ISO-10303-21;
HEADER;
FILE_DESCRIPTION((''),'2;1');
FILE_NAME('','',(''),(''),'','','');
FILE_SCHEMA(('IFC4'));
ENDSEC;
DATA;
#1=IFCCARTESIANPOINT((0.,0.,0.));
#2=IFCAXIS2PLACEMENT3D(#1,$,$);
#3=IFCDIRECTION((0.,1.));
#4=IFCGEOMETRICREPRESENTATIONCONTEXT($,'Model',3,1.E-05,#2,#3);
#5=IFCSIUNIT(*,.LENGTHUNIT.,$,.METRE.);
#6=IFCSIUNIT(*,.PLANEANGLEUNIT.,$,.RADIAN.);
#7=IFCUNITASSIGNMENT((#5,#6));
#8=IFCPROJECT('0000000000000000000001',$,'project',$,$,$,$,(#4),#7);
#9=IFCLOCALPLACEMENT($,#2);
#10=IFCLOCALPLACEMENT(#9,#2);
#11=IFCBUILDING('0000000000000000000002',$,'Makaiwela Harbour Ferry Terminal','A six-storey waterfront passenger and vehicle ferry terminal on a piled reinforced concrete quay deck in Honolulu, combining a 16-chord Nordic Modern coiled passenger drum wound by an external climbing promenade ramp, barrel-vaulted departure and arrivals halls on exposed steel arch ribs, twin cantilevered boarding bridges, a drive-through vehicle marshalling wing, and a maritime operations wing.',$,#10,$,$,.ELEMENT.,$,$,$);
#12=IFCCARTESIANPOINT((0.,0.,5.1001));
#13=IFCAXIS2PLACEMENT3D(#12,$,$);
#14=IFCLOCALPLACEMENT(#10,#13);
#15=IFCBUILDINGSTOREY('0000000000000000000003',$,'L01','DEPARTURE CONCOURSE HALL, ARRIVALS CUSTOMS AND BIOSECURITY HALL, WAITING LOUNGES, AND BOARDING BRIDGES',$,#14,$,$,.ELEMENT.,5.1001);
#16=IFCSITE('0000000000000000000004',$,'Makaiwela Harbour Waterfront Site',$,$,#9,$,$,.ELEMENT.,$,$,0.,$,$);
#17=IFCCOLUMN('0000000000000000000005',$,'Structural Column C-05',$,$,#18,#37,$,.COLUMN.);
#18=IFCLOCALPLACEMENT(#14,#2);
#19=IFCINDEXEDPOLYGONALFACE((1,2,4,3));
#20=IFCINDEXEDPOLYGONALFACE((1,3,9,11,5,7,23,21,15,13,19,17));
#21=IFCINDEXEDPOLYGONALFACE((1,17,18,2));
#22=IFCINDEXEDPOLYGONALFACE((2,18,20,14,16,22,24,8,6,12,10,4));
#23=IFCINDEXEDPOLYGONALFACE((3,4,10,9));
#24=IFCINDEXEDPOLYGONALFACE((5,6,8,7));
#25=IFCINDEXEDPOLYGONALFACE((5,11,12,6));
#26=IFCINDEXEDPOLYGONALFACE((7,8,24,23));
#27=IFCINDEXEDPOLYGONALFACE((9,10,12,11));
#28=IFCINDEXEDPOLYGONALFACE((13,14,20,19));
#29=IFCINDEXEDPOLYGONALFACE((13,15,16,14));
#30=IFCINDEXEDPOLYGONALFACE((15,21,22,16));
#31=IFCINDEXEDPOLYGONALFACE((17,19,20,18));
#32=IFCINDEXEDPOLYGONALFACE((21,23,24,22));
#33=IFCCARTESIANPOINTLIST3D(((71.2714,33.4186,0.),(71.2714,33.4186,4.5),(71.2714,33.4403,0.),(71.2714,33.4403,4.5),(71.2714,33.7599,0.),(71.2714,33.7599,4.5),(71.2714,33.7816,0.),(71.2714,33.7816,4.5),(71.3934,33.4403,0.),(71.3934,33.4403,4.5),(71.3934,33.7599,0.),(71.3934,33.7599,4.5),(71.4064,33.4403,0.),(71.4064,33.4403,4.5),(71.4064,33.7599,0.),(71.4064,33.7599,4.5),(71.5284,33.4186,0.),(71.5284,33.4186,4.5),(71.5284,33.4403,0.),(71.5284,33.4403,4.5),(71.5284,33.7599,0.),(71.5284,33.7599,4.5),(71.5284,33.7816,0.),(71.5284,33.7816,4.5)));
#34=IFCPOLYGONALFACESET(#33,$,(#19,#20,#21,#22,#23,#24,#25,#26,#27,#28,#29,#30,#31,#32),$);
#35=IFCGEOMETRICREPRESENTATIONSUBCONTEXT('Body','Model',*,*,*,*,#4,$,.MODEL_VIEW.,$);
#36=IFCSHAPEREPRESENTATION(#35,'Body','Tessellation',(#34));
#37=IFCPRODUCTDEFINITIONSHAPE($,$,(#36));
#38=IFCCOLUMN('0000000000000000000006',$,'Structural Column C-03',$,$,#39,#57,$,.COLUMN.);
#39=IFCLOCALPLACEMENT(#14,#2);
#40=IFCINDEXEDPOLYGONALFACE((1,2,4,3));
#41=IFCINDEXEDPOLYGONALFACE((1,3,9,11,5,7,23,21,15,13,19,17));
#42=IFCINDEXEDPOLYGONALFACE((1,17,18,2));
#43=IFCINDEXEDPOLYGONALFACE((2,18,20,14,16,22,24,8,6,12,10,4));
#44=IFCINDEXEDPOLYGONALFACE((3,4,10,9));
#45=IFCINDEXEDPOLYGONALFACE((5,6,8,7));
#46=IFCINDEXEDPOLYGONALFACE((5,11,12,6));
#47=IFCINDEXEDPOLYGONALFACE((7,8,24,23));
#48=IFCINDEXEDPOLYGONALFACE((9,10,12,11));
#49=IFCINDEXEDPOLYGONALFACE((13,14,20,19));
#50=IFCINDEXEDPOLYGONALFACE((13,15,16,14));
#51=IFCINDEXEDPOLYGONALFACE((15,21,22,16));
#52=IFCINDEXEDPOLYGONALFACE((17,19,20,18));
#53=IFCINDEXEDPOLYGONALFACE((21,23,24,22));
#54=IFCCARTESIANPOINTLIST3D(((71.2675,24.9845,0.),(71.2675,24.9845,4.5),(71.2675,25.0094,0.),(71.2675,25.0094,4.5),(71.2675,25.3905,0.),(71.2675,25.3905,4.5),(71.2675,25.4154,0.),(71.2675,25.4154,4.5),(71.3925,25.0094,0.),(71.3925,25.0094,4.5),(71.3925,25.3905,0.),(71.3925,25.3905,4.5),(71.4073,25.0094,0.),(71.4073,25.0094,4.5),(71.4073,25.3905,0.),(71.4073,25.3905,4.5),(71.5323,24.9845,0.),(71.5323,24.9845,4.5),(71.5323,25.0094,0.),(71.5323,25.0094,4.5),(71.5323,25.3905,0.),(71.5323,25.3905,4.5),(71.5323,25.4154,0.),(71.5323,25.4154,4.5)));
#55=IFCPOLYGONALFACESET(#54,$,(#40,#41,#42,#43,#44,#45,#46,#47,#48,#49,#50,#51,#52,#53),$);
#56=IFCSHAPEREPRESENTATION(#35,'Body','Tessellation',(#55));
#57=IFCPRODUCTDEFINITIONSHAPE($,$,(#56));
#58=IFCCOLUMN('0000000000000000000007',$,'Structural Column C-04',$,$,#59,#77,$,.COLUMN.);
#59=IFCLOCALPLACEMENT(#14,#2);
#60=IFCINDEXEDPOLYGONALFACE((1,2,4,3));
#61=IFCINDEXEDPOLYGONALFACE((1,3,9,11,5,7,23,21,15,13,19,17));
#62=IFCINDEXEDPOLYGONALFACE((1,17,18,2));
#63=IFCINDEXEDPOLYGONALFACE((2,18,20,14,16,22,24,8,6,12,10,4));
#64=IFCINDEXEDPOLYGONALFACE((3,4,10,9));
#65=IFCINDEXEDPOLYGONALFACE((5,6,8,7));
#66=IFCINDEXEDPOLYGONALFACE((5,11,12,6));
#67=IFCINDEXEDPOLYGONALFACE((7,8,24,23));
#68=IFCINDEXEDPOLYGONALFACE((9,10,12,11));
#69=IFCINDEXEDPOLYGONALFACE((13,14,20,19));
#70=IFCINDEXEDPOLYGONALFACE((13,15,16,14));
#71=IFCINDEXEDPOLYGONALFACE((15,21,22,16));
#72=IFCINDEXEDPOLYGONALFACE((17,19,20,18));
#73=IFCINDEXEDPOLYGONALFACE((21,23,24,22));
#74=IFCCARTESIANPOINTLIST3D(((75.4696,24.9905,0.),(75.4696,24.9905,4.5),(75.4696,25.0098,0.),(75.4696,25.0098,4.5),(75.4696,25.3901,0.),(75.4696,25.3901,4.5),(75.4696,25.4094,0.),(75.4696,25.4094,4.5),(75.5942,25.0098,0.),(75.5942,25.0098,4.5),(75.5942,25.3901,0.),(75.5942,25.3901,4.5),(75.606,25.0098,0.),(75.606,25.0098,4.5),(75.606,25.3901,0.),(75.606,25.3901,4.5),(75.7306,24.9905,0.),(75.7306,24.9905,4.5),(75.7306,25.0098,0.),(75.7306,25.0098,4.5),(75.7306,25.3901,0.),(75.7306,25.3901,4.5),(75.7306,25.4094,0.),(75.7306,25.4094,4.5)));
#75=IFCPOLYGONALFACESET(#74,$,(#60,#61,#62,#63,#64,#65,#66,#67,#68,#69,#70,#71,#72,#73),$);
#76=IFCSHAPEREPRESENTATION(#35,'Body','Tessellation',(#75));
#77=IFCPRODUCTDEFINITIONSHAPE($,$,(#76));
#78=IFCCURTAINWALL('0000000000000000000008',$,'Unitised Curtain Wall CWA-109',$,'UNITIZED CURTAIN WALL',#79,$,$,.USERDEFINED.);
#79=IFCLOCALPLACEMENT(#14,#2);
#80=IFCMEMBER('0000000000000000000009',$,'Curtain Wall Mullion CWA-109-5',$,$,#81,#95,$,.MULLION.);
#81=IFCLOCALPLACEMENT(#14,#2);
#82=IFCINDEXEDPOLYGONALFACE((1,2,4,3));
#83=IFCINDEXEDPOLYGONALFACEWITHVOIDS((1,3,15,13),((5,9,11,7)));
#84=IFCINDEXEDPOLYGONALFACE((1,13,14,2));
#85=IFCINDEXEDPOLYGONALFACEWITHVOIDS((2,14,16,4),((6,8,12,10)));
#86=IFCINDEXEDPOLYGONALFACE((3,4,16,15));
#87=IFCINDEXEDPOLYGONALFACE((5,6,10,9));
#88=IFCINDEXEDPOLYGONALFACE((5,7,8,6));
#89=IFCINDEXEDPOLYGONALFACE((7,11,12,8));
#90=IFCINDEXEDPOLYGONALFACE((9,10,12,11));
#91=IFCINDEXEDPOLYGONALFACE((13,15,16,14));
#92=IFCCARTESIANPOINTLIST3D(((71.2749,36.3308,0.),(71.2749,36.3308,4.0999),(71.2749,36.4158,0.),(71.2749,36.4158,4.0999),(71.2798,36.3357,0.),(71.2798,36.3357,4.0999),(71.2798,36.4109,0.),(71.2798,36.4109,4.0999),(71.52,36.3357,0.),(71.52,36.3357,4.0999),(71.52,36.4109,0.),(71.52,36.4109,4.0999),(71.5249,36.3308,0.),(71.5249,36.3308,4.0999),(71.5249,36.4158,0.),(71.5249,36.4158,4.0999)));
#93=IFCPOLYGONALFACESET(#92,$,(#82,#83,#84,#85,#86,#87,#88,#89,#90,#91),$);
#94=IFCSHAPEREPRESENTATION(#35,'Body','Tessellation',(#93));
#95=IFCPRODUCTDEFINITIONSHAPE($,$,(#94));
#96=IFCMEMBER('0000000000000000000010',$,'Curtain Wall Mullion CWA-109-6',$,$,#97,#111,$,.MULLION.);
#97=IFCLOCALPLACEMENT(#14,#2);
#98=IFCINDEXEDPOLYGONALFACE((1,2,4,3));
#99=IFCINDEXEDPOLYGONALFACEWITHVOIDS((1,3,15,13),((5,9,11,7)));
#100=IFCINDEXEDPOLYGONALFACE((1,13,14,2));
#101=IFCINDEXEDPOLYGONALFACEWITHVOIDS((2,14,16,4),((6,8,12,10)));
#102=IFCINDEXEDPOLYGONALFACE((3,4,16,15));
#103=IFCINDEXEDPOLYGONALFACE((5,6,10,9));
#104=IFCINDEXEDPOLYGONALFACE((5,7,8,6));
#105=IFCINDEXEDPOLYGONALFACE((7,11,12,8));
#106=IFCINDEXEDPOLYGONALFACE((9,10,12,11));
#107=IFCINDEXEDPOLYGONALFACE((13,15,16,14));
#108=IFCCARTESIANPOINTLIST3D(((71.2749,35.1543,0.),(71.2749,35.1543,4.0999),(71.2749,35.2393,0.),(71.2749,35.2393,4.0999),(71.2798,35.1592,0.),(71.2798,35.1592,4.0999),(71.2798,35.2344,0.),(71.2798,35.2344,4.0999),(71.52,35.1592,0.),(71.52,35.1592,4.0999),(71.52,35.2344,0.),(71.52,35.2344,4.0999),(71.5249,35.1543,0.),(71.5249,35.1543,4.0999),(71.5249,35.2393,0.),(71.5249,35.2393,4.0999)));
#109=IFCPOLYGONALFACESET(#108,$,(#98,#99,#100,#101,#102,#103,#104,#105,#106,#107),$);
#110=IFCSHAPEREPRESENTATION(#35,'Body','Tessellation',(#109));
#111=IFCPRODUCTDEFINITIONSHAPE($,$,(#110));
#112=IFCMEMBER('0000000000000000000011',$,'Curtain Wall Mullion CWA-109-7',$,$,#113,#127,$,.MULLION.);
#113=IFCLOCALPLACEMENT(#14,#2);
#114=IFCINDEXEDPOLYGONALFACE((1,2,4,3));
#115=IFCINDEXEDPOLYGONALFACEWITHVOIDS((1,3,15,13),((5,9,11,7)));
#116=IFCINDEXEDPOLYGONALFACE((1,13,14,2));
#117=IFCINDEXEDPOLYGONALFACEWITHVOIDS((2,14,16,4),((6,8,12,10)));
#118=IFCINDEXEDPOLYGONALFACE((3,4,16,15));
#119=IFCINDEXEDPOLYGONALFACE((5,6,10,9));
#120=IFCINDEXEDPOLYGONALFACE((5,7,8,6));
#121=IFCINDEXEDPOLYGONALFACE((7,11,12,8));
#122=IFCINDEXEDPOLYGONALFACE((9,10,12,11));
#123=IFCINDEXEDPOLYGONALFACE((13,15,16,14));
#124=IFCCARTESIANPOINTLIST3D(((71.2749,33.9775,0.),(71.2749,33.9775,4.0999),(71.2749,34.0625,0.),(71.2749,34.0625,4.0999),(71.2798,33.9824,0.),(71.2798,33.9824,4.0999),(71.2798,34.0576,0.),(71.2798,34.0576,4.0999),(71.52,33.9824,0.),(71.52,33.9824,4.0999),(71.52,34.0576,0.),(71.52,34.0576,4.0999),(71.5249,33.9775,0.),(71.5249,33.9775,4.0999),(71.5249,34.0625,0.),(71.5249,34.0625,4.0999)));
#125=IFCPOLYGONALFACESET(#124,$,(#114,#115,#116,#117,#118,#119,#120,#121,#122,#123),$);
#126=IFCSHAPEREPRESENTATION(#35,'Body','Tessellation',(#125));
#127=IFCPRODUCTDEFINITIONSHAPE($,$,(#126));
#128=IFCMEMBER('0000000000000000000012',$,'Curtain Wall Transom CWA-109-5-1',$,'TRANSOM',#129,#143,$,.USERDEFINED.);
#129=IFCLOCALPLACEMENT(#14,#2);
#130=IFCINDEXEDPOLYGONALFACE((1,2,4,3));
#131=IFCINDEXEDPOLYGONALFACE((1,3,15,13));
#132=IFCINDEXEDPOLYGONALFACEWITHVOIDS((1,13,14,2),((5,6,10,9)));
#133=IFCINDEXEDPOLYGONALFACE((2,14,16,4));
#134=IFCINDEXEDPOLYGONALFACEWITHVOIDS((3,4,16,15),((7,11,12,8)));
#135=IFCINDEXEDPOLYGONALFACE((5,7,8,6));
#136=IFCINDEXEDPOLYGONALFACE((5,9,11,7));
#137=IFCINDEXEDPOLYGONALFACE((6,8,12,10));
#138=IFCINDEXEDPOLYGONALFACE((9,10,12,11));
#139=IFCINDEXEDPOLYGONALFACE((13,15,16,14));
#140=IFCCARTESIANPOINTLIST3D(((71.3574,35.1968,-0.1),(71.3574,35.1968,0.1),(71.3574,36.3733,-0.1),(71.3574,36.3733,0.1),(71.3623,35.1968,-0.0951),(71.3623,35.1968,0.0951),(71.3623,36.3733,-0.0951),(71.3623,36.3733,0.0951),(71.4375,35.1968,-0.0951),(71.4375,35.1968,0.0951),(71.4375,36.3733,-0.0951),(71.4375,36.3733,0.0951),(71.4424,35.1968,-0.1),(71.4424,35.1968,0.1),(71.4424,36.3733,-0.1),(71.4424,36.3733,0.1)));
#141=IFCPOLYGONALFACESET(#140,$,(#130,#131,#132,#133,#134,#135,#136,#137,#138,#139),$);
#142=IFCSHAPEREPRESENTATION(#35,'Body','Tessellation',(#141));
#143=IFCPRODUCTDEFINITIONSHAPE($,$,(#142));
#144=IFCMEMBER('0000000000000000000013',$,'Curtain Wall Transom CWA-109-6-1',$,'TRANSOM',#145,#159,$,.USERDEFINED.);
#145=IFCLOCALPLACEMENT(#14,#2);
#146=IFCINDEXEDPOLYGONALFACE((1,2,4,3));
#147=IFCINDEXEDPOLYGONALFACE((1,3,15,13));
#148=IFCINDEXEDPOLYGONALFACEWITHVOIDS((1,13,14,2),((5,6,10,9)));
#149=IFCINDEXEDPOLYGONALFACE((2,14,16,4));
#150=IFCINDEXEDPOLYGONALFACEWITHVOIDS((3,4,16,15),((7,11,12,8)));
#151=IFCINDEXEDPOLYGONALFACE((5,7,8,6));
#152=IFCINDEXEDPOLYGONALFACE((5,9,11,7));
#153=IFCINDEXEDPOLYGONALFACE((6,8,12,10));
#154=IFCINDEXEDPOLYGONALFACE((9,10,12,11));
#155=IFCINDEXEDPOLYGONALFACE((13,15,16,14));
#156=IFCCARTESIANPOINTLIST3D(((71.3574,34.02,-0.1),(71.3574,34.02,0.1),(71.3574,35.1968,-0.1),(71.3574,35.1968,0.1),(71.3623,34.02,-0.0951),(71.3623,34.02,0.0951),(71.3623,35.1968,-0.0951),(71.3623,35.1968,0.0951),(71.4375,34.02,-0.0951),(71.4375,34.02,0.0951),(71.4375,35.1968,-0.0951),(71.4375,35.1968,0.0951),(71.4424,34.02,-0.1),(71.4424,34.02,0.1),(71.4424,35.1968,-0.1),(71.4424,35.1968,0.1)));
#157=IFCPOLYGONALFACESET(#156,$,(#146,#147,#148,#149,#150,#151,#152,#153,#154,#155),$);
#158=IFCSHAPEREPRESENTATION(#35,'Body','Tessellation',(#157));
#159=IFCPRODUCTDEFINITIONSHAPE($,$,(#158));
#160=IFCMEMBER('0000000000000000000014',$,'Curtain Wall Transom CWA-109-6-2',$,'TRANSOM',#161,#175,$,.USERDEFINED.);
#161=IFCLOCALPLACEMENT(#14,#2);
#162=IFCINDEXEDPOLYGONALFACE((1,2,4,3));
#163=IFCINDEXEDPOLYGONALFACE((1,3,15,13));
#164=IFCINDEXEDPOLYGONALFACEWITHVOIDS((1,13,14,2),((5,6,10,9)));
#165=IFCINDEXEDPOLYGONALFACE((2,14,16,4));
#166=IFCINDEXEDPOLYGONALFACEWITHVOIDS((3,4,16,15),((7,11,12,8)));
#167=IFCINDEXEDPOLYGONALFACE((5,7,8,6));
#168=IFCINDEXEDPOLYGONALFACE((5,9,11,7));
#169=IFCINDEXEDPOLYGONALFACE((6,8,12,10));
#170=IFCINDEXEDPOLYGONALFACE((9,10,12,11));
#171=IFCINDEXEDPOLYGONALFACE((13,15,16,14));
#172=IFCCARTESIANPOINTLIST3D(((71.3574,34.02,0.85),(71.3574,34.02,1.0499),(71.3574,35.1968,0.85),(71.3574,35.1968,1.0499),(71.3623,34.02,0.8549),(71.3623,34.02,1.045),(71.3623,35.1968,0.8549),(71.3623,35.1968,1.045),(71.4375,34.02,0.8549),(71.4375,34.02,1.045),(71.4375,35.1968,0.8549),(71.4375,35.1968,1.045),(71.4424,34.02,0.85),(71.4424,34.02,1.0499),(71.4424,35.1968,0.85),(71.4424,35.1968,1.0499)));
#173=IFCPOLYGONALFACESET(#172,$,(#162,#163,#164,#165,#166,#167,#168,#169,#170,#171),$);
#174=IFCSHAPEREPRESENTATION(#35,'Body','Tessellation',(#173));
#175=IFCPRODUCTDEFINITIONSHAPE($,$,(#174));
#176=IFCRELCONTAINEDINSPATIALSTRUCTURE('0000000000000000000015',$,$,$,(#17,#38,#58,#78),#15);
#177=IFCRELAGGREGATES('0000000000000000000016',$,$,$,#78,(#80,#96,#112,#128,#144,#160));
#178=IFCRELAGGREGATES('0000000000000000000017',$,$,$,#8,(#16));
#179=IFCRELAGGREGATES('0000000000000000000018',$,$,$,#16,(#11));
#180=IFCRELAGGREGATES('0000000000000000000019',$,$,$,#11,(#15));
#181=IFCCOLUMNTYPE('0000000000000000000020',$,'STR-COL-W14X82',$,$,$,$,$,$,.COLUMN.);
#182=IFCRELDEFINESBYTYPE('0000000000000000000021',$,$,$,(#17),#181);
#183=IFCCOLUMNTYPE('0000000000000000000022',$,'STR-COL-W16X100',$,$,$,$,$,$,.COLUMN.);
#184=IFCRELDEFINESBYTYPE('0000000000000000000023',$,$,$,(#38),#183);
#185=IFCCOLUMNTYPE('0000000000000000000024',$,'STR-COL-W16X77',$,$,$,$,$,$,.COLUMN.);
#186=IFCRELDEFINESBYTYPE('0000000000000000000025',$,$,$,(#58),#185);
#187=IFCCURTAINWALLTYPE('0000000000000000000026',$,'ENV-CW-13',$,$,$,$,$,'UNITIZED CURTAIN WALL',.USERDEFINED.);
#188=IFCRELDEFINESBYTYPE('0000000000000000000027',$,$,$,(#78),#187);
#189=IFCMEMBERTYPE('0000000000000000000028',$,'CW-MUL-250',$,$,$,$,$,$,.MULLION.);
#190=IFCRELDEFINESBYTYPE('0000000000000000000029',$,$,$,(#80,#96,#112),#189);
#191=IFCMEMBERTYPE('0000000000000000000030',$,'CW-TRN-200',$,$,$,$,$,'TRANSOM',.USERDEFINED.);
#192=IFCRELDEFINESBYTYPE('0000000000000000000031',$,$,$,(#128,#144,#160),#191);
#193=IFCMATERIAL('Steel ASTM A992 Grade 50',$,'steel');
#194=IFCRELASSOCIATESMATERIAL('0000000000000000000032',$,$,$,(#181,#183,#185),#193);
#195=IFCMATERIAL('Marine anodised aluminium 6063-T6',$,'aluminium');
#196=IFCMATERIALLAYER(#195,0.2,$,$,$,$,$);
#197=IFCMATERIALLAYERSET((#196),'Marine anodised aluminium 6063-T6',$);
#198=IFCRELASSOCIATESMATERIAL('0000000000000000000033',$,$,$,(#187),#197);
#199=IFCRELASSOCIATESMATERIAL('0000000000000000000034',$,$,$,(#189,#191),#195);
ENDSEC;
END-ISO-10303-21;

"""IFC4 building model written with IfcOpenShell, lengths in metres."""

from ifc_helpers import new_model, si_unit, direction, frame, origin, origin_2d, place, context, subcontext, project, spatial, hollow_rectangle, i_section, extrude, material, layer, layer_set, material_profile, profile_set, type_object, element, aggregate, save


model = new_model("IFC4")

# Units and contexts
model_context = context("Model", 3, precision=1e-05, world=origin(), true_north=direction((0.0, 1.0)))
body_context = subcontext(model_context, "Body", "Model", "MODEL_VIEW")
ifc_project = project(units=[si_unit("LENGTHUNIT", "METRE"), si_unit("PLANEANGLEUNIT", "RADIAN")], contexts=[model_context])

# Site, building, storey
site_placement = place(None, origin())
site = spatial("IfcSite", under=ifc_project, at=site_placement, Name="Makaiwela Harbour Waterfront Site", CompositionType="ELEMENT", RefElevation=0.0)
building_placement = place(site_placement, origin())
building = spatial("IfcBuilding", under=site, at=building_placement, Name="Makaiwela Harbour Ferry Terminal", Description="A six-storey waterfront passenger and vehicle ferry terminal on a piled reinforced concrete quay deck in Honolulu, combining a 16-chord Nordic Modern coiled passenger drum wound by an external climbing promenade ramp, barrel-vaulted departure and arrivals halls on exposed steel arch ribs, twin cantilevered boarding bridges, a drive-through vehicle marshalling wing, and a maritime operations wing.", CompositionType="ELEMENT")
storey_placement = place(building_placement, frame((0.0, 0.0, 5.1001)))
storey = spatial("IfcBuildingStorey", under=building, at=storey_placement, Name="L01", Description="DEPARTURE CONCOURSE HALL, ARRIVALS CUSTOMS AND BIOSECURITY HALL, WAITING LOUNGES, AND BOARDING BRIDGES", CompositionType="ELEMENT", Elevation=5.1001)

# Columns
ifc_material_1 = material(Name="Steel ASTM A992 Grade 50", Category="steel")
ifc_material_profile_1 = material_profile(ifc_material_1, i_section(OverallWidth=0.2571, OverallDepth=0.363, WebThickness=0.0129, FlangeThickness=0.0217, at=origin_2d()), Name="W14X82")
ifc_profile_set_1 = profile_set([ifc_material_profile_1], Name="Steel ASTM A992 Grade 50")
column_type_1 = type_object("IfcColumnType", Name="STR-COL-W14X82", PredefinedType="COLUMN", material=ifc_profile_set_1)
column_1_placement = place(storey_placement, frame((71.3999, 33.6001, 0.0), z_axis=(0.0, 0.0, 1.0), x_axis=(1.0, 0.0, 0.0)))
element("IfcColumn", 1, at=column_1_placement, inside=storey, type_object=column_type_1, Name="Structural Column C-05", PredefinedType="COLUMN", context=body_context, shape_type="SweptSolid", body=[
    extrude(i_section(OverallWidth=0.2571, OverallDepth=0.363, WebThickness=0.0129, FlangeThickness=0.0217, at=origin_2d()), origin(), (0.0, 0.0, 1.0), 4.5),
])
ifc_material_profile_2 = material_profile(ifc_material_1, i_section(OverallWidth=0.2649, OverallDepth=0.4309, WebThickness=0.0149, FlangeThickness=0.0249, at=origin_2d()), Name="W16X100")
ifc_profile_set_2 = profile_set([ifc_material_profile_2], Name="Steel ASTM A992 Grade 50")
column_type_2 = type_object("IfcColumnType", Name="STR-COL-W16X100", PredefinedType="COLUMN", material=ifc_profile_set_2)
column_2_placement = place(storey_placement, frame((71.3999, 25.2, 0.0), z_axis=(0.0, 0.0, 1.0), x_axis=(1.0, 0.0, 0.0)))
element("IfcColumn", 2, at=column_2_placement, inside=storey, type_object=column_type_2, Name="Structural Column C-03", PredefinedType="COLUMN", context=body_context, shape_type="SweptSolid", body=[
    extrude(i_section(OverallWidth=0.2649, OverallDepth=0.4309, WebThickness=0.0149, FlangeThickness=0.0249, at=origin_2d()), origin(), (0.0, 0.0, 1.0), 4.5),
])
ifc_material_profile_3 = material_profile(ifc_material_1, i_section(OverallWidth=0.261, OverallDepth=0.4189, WebThickness=0.0117, FlangeThickness=0.0193, at=origin_2d()), Name="W16X77")
ifc_profile_set_3 = profile_set([ifc_material_profile_3], Name="Steel ASTM A992 Grade 50")
column_type_3 = type_object("IfcColumnType", Name="STR-COL-W16X77", PredefinedType="COLUMN", material=ifc_profile_set_3)
column_3_placement = place(storey_placement, frame((75.6001, 25.2, 0.0), z_axis=(0.0, 0.0, 1.0), x_axis=(1.0, 0.0, 0.0)))
element("IfcColumn", 3, at=column_3_placement, inside=storey, type_object=column_type_3, Name="Structural Column C-04", PredefinedType="COLUMN", context=body_context, shape_type="SweptSolid", body=[
    extrude(i_section(OverallWidth=0.261, OverallDepth=0.4189, WebThickness=0.0117, FlangeThickness=0.0193, at=origin_2d()), origin(), (0.0, 0.0, 1.0), 4.5),
])

# Curtain wall, members
ifc_material_2 = material(Name="Marine anodised aluminium 6063-T6", Category="aluminium")
ifc_layer_1 = layer(ifc_material_2, 0.2)
ifc_layer_set_1 = layer_set([ifc_layer_1], Name="Marine anodised aluminium 6063-T6")
curtain_wall_type = type_object("IfcCurtainWallType", Name="ENV-CW-13", ElementType="UNITIZED CURTAIN WALL", PredefinedType="USERDEFINED", material=ifc_layer_set_1)
curtain_wall_placement = place(storey_placement, origin())
curtain_wall = element("IfcCurtainWall", 4, at=curtain_wall_placement, inside=storey, type_object=curtain_wall_type, Name="Unitised Curtain Wall CWA-109", ObjectType="UNITIZED CURTAIN WALL", PredefinedType="USERDEFINED")
ifc_material_profile_4 = material_profile(ifc_material_2, hollow_rectangle(XDim=0.085, YDim=0.25, WallThickness=0.0049, at=origin_2d()), Name="CWM-250X85")
ifc_profile_set_4 = profile_set([ifc_material_profile_4], Name="Marine anodised aluminium 6063-T6")
member_type_1 = type_object("IfcMemberType", Name="CW-MUL-250", PredefinedType="MULLION", material=ifc_profile_set_4)
member_1_placement = place(storey_placement, frame((71.3999, 36.3733, 0.0), z_axis=(0.0, 0.0, 1.0), x_axis=(0.0, 1.0, 0.0)))
member_1 = element("IfcMember", 5, at=member_1_placement, type_object=member_type_1, Name="Curtain Wall Mullion CWA-109-5", PredefinedType="MULLION", context=body_context, shape_type="SweptSolid", body=[
    extrude(hollow_rectangle(XDim=0.085, YDim=0.25, WallThickness=0.0049, at=origin_2d()), origin(), (0.0, 0.0, 1.0), 4.0999),
])
member_2_placement = place(storey_placement, frame((71.3999, 35.1968, 0.0), z_axis=(0.0, 0.0, 1.0), x_axis=(0.0, 1.0, 0.0)))
member_2 = element("IfcMember", 6, at=member_2_placement, type_object=member_type_1, Name="Curtain Wall Mullion CWA-109-6", PredefinedType="MULLION", context=body_context, shape_type="SweptSolid", body=[
    extrude(hollow_rectangle(XDim=0.085, YDim=0.25, WallThickness=0.0049, at=origin_2d()), origin(), (0.0, 0.0, 1.0), 4.0999),
])
member_3_placement = place(storey_placement, frame((71.3999, 34.02, 0.0), z_axis=(0.0, 0.0, 1.0), x_axis=(0.0, 1.0, 0.0)))
member_3 = element("IfcMember", 7, at=member_3_placement, type_object=member_type_1, Name="Curtain Wall Mullion CWA-109-7", PredefinedType="MULLION", context=body_context, shape_type="SweptSolid", body=[
    extrude(hollow_rectangle(XDim=0.085, YDim=0.25, WallThickness=0.0049, at=origin_2d()), origin(), (0.0, 0.0, 1.0), 4.0999),
])
ifc_material_profile_5 = material_profile(ifc_material_2, hollow_rectangle(XDim=0.085, YDim=0.2, WallThickness=0.0049, at=origin_2d()), Name="CWT-200X85")
ifc_profile_set_5 = profile_set([ifc_material_profile_5], Name="Marine anodised aluminium 6063-T6")
member_type_2 = type_object("IfcMemberType", Name="CW-TRN-200", ElementType="TRANSOM", PredefinedType="USERDEFINED", material=ifc_profile_set_5)
member_4_placement = place(storey_placement, frame((71.3999, 36.3733, 0.0), z_axis=(0.0, -1.0, 0.0), x_axis=(1.0, 0.0, 0.0)))
member_4 = element("IfcMember", 8, at=member_4_placement, type_object=member_type_2, Name="Curtain Wall Transom CWA-109-5-1", ObjectType="TRANSOM", PredefinedType="USERDEFINED", context=body_context, shape_type="SweptSolid", body=[
    extrude(hollow_rectangle(XDim=0.085, YDim=0.2, WallThickness=0.0049, at=origin_2d()), origin(), (0.0, 0.0, 1.0), 1.1765),
])
member_5_placement = place(storey_placement, frame((71.3999, 35.1968, 0.0), z_axis=(0.0, -1.0, 0.0), x_axis=(1.0, 0.0, 0.0)))
member_5 = element("IfcMember", 9, at=member_5_placement, type_object=member_type_2, Name="Curtain Wall Transom CWA-109-6-1", ObjectType="TRANSOM", PredefinedType="USERDEFINED", context=body_context, shape_type="SweptSolid", body=[
    extrude(hollow_rectangle(XDim=0.085, YDim=0.2, WallThickness=0.0049, at=origin_2d()), origin(), (0.0, 0.0, 1.0), 1.1768),
])
member_6_placement = place(storey_placement, frame((71.3999, 35.1968, 0.95), z_axis=(0.0, -1.0, 0.0), x_axis=(1.0, 0.0, 0.0)))
member_6 = element("IfcMember", 10, at=member_6_placement, type_object=member_type_2, Name="Curtain Wall Transom CWA-109-6-2", ObjectType="TRANSOM", PredefinedType="USERDEFINED", context=body_context, shape_type="SweptSolid", body=[
    extrude(hollow_rectangle(XDim=0.085, YDim=0.2, WallThickness=0.0049, at=origin_2d()), origin(), (0.0, 0.0, 1.0), 1.1768),
])

aggregate(curtain_wall, [member_1, member_2, member_3, member_4, member_5, member_6])

save(model, "model.ifc")
